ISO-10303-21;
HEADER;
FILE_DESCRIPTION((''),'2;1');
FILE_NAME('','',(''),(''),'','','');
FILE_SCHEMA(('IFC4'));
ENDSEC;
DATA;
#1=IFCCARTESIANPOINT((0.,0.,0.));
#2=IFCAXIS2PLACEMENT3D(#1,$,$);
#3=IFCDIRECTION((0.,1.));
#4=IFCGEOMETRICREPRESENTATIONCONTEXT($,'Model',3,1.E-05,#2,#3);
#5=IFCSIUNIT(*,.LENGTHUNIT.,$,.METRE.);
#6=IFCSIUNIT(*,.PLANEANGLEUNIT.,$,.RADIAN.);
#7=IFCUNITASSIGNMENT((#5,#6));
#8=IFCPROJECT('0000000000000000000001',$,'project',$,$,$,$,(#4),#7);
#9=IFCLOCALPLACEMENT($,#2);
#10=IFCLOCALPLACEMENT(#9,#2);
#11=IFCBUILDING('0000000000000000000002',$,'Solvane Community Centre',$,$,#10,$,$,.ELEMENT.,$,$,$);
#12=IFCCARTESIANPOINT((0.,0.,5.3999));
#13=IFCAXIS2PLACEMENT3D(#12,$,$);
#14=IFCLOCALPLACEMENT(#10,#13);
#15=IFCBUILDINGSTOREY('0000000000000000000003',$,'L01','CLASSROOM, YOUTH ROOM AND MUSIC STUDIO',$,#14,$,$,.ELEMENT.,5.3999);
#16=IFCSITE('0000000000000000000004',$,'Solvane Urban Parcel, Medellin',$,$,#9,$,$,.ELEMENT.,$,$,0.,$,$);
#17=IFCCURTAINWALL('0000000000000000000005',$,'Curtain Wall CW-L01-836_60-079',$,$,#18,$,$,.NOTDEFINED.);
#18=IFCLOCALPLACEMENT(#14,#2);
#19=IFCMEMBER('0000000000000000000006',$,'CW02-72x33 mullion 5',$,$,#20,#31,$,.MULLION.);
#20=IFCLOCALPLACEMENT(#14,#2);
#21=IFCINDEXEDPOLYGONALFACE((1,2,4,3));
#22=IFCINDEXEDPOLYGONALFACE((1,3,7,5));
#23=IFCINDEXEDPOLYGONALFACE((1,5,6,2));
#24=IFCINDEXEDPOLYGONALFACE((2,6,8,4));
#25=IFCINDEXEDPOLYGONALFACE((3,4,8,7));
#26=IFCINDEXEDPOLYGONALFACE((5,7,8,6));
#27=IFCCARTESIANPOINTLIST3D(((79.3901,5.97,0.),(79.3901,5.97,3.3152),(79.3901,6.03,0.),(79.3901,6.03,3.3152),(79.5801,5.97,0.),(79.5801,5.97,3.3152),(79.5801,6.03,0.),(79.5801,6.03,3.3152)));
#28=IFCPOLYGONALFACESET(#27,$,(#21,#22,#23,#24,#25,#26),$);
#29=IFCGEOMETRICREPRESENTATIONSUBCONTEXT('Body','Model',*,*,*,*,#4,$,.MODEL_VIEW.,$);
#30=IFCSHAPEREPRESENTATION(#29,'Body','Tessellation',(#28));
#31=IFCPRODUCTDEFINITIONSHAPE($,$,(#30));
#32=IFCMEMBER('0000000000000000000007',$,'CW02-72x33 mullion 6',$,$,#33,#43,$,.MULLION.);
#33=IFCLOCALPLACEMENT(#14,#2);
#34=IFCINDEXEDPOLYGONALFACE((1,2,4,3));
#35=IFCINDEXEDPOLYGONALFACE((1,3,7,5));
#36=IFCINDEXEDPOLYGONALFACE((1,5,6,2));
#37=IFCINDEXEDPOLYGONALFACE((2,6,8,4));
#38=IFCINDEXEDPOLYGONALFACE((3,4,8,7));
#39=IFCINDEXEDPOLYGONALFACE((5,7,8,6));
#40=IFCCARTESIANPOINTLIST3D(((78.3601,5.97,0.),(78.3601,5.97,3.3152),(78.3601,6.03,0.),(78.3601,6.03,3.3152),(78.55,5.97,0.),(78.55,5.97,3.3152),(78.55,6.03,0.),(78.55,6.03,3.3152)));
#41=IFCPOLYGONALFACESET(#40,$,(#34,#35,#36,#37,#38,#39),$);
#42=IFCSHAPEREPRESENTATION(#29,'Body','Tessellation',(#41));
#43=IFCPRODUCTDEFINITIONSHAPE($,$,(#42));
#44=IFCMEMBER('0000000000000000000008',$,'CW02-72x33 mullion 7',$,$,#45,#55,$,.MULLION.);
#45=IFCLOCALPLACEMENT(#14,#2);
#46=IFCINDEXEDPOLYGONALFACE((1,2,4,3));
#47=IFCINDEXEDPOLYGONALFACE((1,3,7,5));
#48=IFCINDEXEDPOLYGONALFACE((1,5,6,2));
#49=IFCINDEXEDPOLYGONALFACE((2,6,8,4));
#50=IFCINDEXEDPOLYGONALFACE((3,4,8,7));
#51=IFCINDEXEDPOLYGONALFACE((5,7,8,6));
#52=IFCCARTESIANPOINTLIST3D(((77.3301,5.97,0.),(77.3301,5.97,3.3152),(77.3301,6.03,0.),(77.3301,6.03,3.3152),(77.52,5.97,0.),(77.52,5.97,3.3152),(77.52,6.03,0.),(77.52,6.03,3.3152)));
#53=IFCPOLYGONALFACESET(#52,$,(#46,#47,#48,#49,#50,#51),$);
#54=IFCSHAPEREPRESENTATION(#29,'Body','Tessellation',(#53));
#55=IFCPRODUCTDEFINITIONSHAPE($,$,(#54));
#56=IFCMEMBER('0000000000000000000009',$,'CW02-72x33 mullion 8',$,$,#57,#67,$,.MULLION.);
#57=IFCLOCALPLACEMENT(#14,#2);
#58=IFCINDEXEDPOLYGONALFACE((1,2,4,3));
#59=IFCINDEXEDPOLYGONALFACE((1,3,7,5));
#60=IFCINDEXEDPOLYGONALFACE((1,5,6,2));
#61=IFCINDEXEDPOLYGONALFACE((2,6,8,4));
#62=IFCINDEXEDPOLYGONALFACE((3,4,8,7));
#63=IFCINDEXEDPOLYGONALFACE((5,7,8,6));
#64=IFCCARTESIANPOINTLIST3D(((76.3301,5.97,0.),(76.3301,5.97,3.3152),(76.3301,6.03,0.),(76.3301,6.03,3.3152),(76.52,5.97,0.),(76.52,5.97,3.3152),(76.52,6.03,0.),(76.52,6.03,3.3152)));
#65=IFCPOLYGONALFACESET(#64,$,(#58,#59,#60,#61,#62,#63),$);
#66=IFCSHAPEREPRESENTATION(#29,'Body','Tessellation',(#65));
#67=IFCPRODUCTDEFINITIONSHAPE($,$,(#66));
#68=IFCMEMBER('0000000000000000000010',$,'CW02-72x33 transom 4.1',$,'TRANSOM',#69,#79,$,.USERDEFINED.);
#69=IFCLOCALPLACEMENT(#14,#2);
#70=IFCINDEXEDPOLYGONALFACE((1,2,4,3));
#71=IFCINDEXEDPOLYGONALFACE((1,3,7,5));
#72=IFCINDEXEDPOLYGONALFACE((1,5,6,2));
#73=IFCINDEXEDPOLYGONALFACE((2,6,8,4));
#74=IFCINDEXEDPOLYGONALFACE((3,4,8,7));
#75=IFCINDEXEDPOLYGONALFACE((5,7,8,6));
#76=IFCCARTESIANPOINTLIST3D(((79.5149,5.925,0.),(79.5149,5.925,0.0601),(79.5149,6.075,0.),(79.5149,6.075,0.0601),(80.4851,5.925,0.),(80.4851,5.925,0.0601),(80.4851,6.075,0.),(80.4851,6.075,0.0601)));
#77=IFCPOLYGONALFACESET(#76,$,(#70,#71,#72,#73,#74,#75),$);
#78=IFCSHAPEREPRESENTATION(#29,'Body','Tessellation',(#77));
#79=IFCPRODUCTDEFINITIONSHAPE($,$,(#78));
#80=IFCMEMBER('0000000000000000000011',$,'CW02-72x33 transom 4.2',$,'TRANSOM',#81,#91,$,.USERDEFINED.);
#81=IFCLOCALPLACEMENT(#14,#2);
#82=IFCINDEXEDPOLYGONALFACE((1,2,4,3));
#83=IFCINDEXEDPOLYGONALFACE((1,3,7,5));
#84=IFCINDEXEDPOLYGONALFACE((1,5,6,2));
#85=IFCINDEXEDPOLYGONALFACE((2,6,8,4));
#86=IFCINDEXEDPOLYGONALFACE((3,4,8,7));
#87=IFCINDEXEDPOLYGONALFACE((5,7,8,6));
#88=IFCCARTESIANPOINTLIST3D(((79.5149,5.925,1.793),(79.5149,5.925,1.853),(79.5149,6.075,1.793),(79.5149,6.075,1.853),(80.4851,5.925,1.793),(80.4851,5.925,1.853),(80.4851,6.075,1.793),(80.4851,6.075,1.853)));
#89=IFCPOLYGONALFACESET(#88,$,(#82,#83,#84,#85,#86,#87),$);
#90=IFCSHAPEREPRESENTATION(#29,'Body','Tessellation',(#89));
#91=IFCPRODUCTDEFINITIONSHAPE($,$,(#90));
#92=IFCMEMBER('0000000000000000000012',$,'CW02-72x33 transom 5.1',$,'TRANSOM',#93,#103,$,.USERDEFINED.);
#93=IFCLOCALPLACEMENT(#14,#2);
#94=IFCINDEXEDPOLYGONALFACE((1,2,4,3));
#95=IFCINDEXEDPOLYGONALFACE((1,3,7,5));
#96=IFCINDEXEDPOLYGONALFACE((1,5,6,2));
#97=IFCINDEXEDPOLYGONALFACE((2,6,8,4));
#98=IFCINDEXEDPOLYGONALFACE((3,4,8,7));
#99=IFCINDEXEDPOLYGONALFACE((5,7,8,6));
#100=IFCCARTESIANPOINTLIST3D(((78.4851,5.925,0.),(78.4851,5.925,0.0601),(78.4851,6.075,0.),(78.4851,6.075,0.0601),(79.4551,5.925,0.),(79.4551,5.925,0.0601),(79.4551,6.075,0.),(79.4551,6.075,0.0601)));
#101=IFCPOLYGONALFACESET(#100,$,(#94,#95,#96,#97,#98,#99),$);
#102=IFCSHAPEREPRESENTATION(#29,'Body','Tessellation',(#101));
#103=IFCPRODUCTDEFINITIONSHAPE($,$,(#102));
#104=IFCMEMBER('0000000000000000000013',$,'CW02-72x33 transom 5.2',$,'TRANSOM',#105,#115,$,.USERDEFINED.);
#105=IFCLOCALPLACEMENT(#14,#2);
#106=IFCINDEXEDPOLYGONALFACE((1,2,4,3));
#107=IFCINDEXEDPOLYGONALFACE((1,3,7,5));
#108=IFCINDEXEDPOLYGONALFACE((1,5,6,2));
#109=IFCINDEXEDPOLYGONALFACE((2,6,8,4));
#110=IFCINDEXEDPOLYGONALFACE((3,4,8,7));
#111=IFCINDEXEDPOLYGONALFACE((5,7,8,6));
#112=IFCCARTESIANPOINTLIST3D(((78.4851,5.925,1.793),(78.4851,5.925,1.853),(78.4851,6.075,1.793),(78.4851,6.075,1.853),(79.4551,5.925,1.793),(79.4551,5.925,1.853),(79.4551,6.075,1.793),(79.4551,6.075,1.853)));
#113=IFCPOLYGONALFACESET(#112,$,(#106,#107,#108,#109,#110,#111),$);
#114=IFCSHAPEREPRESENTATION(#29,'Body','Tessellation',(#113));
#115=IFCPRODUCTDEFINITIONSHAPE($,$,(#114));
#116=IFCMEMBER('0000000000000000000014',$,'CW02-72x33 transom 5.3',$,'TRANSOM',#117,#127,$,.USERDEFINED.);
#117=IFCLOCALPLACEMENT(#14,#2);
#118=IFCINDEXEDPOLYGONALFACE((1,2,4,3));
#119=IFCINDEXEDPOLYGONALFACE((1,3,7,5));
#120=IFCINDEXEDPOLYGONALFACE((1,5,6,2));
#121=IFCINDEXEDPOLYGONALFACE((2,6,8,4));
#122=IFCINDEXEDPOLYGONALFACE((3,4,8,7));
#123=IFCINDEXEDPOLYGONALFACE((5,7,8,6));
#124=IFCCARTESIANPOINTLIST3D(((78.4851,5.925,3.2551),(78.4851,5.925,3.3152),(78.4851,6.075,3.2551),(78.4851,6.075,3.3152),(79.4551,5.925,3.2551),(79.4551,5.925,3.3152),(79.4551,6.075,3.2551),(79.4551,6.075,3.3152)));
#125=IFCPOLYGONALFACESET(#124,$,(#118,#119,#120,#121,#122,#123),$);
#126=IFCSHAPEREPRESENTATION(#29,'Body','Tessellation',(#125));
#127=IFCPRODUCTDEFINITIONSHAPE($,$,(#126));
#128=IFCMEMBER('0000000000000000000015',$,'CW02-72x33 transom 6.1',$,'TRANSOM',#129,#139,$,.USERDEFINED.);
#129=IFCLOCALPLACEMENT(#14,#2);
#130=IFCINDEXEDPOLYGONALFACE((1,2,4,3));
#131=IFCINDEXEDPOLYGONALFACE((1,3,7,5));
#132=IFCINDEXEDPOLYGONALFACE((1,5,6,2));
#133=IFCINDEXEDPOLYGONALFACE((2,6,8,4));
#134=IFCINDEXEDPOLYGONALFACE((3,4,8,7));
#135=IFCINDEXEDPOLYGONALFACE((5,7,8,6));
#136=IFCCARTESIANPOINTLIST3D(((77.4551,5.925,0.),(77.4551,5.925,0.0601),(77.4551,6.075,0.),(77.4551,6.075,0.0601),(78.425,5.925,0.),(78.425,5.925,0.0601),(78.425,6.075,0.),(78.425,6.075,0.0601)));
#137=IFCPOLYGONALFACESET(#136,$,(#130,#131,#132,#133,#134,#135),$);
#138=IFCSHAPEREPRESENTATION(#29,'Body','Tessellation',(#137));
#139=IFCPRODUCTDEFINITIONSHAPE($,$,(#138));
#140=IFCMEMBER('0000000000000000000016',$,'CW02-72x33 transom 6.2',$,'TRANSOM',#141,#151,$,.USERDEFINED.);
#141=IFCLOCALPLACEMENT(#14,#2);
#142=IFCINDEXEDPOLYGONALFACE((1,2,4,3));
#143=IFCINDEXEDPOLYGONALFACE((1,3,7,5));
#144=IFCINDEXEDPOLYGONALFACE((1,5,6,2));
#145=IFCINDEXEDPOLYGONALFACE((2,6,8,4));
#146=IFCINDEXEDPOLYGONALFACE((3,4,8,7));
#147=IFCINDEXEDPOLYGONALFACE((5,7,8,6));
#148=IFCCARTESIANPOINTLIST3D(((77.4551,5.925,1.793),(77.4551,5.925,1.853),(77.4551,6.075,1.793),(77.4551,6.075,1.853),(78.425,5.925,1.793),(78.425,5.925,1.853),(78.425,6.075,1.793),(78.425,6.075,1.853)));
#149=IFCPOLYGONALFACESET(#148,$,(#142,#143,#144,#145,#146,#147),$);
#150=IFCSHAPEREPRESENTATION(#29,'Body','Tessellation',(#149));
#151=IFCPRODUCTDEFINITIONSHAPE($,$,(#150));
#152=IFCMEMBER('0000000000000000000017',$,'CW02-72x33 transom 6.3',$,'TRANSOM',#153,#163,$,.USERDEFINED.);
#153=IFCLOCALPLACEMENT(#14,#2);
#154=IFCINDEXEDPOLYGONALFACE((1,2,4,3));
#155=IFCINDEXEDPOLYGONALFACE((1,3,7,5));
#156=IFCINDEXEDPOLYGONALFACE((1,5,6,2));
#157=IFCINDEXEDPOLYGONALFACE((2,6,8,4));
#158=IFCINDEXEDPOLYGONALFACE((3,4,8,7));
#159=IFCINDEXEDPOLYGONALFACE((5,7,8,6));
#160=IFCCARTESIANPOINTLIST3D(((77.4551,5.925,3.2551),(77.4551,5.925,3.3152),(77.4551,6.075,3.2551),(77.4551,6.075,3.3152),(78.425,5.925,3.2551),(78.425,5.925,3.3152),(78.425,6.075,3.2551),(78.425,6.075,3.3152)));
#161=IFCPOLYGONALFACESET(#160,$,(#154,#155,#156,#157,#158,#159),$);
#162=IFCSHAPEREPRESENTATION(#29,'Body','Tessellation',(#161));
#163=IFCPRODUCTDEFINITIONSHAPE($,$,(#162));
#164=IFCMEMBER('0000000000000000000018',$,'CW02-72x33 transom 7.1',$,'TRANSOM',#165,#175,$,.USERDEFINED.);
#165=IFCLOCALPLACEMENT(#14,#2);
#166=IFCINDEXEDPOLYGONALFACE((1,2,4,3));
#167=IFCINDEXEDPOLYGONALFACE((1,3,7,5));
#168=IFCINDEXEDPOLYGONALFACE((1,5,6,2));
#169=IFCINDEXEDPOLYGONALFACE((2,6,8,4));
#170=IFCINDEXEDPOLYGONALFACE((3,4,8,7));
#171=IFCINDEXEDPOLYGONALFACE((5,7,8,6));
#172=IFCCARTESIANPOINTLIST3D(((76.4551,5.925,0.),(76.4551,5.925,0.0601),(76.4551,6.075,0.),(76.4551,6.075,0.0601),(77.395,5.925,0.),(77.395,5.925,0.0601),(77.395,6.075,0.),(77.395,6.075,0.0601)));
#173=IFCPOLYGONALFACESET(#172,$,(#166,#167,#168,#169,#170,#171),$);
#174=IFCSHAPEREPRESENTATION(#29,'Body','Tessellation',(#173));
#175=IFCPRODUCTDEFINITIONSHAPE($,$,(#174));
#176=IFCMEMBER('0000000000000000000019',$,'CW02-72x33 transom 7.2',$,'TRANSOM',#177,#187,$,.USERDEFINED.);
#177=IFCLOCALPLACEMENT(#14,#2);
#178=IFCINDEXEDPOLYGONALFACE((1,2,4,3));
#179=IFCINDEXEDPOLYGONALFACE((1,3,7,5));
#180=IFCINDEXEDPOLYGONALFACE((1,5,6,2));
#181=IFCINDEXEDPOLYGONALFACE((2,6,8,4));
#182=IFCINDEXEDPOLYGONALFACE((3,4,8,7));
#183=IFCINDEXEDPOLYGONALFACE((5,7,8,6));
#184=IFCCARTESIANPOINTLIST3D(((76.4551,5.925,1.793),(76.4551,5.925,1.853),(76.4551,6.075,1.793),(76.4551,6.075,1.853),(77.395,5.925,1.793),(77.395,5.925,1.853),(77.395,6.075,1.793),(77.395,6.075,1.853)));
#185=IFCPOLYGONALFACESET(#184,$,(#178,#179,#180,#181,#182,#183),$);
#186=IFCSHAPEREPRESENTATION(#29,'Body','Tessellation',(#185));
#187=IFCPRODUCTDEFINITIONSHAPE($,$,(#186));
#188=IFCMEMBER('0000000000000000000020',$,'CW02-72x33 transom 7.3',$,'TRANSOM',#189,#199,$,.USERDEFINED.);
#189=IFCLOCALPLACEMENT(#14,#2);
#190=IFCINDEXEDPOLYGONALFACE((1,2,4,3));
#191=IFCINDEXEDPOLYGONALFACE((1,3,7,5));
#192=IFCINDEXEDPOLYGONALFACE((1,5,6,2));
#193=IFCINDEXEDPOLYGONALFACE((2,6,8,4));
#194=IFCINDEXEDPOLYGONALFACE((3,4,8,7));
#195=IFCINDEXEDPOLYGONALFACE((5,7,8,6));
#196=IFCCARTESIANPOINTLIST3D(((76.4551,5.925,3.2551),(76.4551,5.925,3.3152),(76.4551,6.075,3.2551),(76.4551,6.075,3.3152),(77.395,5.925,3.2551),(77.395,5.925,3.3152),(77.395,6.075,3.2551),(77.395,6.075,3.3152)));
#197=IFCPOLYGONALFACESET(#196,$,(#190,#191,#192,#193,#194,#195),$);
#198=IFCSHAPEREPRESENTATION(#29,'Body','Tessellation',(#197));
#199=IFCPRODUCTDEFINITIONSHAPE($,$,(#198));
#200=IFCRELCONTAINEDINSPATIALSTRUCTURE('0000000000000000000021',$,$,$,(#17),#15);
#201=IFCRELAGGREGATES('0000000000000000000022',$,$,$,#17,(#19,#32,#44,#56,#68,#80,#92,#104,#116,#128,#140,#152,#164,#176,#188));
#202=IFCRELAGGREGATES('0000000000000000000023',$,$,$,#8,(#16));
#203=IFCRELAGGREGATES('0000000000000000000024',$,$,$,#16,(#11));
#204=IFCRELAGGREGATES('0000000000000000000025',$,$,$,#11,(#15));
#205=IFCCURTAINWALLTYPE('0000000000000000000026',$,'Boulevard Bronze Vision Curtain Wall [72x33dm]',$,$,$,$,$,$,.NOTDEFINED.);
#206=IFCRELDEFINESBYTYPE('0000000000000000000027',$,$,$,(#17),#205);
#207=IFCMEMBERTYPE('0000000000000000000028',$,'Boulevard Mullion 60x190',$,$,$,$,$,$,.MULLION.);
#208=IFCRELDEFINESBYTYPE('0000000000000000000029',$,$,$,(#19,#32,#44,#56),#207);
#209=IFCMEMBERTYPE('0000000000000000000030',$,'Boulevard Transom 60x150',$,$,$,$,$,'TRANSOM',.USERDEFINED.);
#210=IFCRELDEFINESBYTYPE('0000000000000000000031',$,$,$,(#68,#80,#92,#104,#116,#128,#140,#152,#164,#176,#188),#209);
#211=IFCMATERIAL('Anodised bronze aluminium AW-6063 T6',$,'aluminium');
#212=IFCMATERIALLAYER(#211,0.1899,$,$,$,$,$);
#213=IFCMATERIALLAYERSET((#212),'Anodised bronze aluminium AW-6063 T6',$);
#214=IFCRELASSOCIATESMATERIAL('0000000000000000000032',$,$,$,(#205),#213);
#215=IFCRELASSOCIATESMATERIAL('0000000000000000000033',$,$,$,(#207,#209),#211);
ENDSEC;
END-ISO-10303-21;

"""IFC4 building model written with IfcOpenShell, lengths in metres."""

from ifc_helpers import new_model, si_unit, direction, frame, origin, origin_2d, place, context, subcontext, project, spatial, rectangle, extrude, material, layer, layer_set, material_profile, profile_set, type_object, element, aggregate, save


model = new_model("IFC4")

# Units and contexts
model_context = context("Model", 3, precision=1e-05, world=origin(), true_north=direction((0.0, 1.0)))
body_context = subcontext(model_context, "Body", "Model", "MODEL_VIEW")
ifc_project = project(units=[si_unit("LENGTHUNIT", "METRE"), si_unit("PLANEANGLEUNIT", "RADIAN")], contexts=[model_context])

# Site, building, storey
site_placement = place(None, origin())
site = spatial("IfcSite", under=ifc_project, at=site_placement, Name="Solvane Urban Parcel, Medellin", CompositionType="ELEMENT", RefElevation=0.0)
building_placement = place(site_placement, origin())
building = spatial("IfcBuilding", under=site, at=building_placement, Name="Solvane Community Centre", CompositionType="ELEMENT")
storey_placement = place(building_placement, frame((0.0, 0.0, 5.3999)))
storey = spatial("IfcBuildingStorey", under=building, at=storey_placement, Name="L01", Description="CLASSROOM, YOUTH ROOM AND MUSIC STUDIO", CompositionType="ELEMENT", Elevation=5.3999)

# Curtain wall, members
ifc_material_1 = material(Name="Anodised bronze aluminium AW-6063 T6", Category="aluminium")
ifc_layer_1 = layer(ifc_material_1, 0.1899)
ifc_layer_set_1 = layer_set([ifc_layer_1], Name="Anodised bronze aluminium AW-6063 T6")
curtain_wall_type = type_object("IfcCurtainWallType", Name="Boulevard Bronze Vision Curtain Wall [72x33dm]", PredefinedType="NOTDEFINED", material=ifc_layer_set_1)
curtain_wall_placement = place(storey_placement, origin())
curtain_wall = element("IfcCurtainWall", 1, at=curtain_wall_placement, inside=storey, type_object=curtain_wall_type, Name="Curtain Wall CW-L01-836_60-079", PredefinedType="NOTDEFINED")
ifc_material_profile_1 = material_profile(ifc_material_1, rectangle(XDim=0.0601, YDim=0.1899, at=origin_2d()), Name="CW-M 60x190")
ifc_profile_set_1 = profile_set([ifc_material_profile_1], Name="Anodised bronze aluminium AW-6063 T6")
member_type_1 = type_object("IfcMemberType", Name="Boulevard Mullion 60x190", PredefinedType="MULLION", material=ifc_profile_set_1)
member_1_placement = place(storey_placement, frame((79.4851, 6.0, 0.0), z_axis=(0.0, 0.0, 1.0), x_axis=(0.0, -1.0, 0.0)))
member_1 = element("IfcMember", 2, at=member_1_placement, type_object=member_type_1, Name="CW02-72x33 mullion 5", PredefinedType="MULLION", context=body_context, shape_type="SweptSolid", body=[
    extrude(rectangle(XDim=0.0601, YDim=0.1899, at=origin_2d()), origin(), (0.0, 0.0, 1.0), 3.3152),
])
member_2_placement = place(storey_placement, frame((78.4551, 6.0, 0.0), z_axis=(0.0, 0.0, 1.0), x_axis=(0.0, -1.0, 0.0)))
member_2 = element("IfcMember", 3, at=member_2_placement, type_object=member_type_1, Name="CW02-72x33 mullion 6", PredefinedType="MULLION", context=body_context, shape_type="SweptSolid", body=[
    extrude(rectangle(XDim=0.0601, YDim=0.1899, at=origin_2d()), origin(), (0.0, 0.0, 1.0), 3.3152),
])
member_3_placement = place(storey_placement, frame((77.425, 6.0, 0.0), z_axis=(0.0, 0.0, 1.0), x_axis=(0.0, -1.0, 0.0)))
member_3 = element("IfcMember", 4, at=member_3_placement, type_object=member_type_1, Name="CW02-72x33 mullion 7", PredefinedType="MULLION", context=body_context, shape_type="SweptSolid", body=[
    extrude(rectangle(XDim=0.0601, YDim=0.1899, at=origin_2d()), origin(), (0.0, 0.0, 1.0), 3.3152),
])
member_4_placement = place(storey_placement, frame((76.425, 6.0, 0.0), z_axis=(0.0, 0.0, 1.0), x_axis=(0.0, -1.0, 0.0)))
member_4 = element("IfcMember", 5, at=member_4_placement, type_object=member_type_1, Name="CW02-72x33 mullion 8", PredefinedType="MULLION", context=body_context, shape_type="SweptSolid", body=[
    extrude(rectangle(XDim=0.0601, YDim=0.1899, at=origin_2d()), origin(), (0.0, 0.0, 1.0), 3.3152),
])
ifc_material_profile_2 = material_profile(ifc_material_1, rectangle(XDim=0.1499, YDim=0.0601, at=origin_2d()), Name="CW-T 60x150")
ifc_profile_set_2 = profile_set([ifc_material_profile_2], Name="Anodised bronze aluminium AW-6063 T6")
member_type_2 = type_object("IfcMemberType", Name="Boulevard Transom 60x150", ElementType="TRANSOM", PredefinedType="USERDEFINED", material=ifc_profile_set_2)
member_5_placement = place(storey_placement, frame((80.4851, 6.0, 0.03), z_axis=(-1.0, 0.0, 0.0), x_axis=(0.0, -1.0, 0.0)))
member_5 = element("IfcMember", 6, at=member_5_placement, type_object=member_type_2, Name="CW02-72x33 transom 4.1", ObjectType="TRANSOM", PredefinedType="USERDEFINED", context=body_context, shape_type="SweptSolid", body=[
    extrude(rectangle(XDim=0.1499, YDim=0.0601, at=origin_2d()), origin(), (0.0, 0.0, 1.0), 0.9702),
])
member_6_placement = place(storey_placement, frame((80.4851, 6.0, 1.823), z_axis=(-1.0, 0.0, 0.0), x_axis=(0.0, -1.0, 0.0)))
member_6 = element("IfcMember", 7, at=member_6_placement, type_object=member_type_2, Name="CW02-72x33 transom 4.2", ObjectType="TRANSOM", PredefinedType="USERDEFINED", context=body_context, shape_type="SweptSolid", body=[
    extrude(rectangle(XDim=0.1499, YDim=0.0601, at=origin_2d()), origin(), (0.0, 0.0, 1.0), 0.9702),
])
member_7_placement = place(storey_placement, frame((79.4551, 6.0, 0.03), z_axis=(-1.0, 0.0, 0.0), x_axis=(0.0, -1.0, 0.0)))
member_7 = element("IfcMember", 8, at=member_7_placement, type_object=member_type_2, Name="CW02-72x33 transom 5.1", ObjectType="TRANSOM", PredefinedType="USERDEFINED", context=body_context, shape_type="SweptSolid", body=[
    extrude(rectangle(XDim=0.1499, YDim=0.0601, at=origin_2d()), origin(), (0.0, 0.0, 1.0), 0.97),
])
member_8_placement = place(storey_placement, frame((79.4551, 6.0, 1.823), z_axis=(-1.0, 0.0, 0.0), x_axis=(0.0, -1.0, 0.0)))
member_8 = element("IfcMember", 9, at=member_8_placement, type_object=member_type_2, Name="CW02-72x33 transom 5.2", ObjectType="TRANSOM", PredefinedType="USERDEFINED", context=body_context, shape_type="SweptSolid", body=[
    extrude(rectangle(XDim=0.1499, YDim=0.0601, at=origin_2d()), origin(), (0.0, 0.0, 1.0), 0.97),
])
member_9_placement = place(storey_placement, frame((79.4551, 6.0, 3.2852), z_axis=(-1.0, 0.0, 0.0), x_axis=(0.0, -1.0, 0.0)))
member_9 = element("IfcMember", 10, at=member_9_placement, type_object=member_type_2, Name="CW02-72x33 transom 5.3", ObjectType="TRANSOM", PredefinedType="USERDEFINED", context=body_context, shape_type="SweptSolid", body=[
    extrude(rectangle(XDim=0.1499, YDim=0.0601, at=origin_2d()), origin(), (0.0, 0.0, 1.0), 0.97),
])
member_10_placement = place(storey_placement, frame((78.425, 6.0, 0.03), z_axis=(-1.0, 0.0, 0.0), x_axis=(0.0, -1.0, 0.0)))
member_10 = element("IfcMember", 11, at=member_10_placement, type_object=member_type_2, Name="CW02-72x33 transom 6.1", ObjectType="TRANSOM", PredefinedType="USERDEFINED", context=body_context, shape_type="SweptSolid", body=[
    extrude(rectangle(XDim=0.1499, YDim=0.0601, at=origin_2d()), origin(), (0.0, 0.0, 1.0), 0.97),
])
member_11_placement = place(storey_placement, frame((78.425, 6.0, 1.823), z_axis=(-1.0, 0.0, 0.0), x_axis=(0.0, -1.0, 0.0)))
member_11 = element("IfcMember", 12, at=member_11_placement, type_object=member_type_2, Name="CW02-72x33 transom 6.2", ObjectType="TRANSOM", PredefinedType="USERDEFINED", context=body_context, shape_type="SweptSolid", body=[
    extrude(rectangle(XDim=0.1499, YDim=0.0601, at=origin_2d()), origin(), (0.0, 0.0, 1.0), 0.97),
])
member_12_placement = place(storey_placement, frame((78.425, 6.0, 3.2852), z_axis=(-1.0, 0.0, 0.0), x_axis=(0.0, -1.0, 0.0)))
member_12 = element("IfcMember", 13, at=member_12_placement, type_object=member_type_2, Name="CW02-72x33 transom 6.3", ObjectType="TRANSOM", PredefinedType="USERDEFINED", context=body_context, shape_type="SweptSolid", body=[
    extrude(rectangle(XDim=0.1499, YDim=0.0601, at=origin_2d()), origin(), (0.0, 0.0, 1.0), 0.97),
])
member_13_placement = place(storey_placement, frame((77.395, 6.0, 0.03), z_axis=(-1.0, 0.0, 0.0), x_axis=(0.0, -1.0, 0.0)))
member_13 = element("IfcMember", 14, at=member_13_placement, type_object=member_type_2, Name="CW02-72x33 transom 7.1", ObjectType="TRANSOM", PredefinedType="USERDEFINED", context=body_context, shape_type="SweptSolid", body=[
    extrude(rectangle(XDim=0.1499, YDim=0.0601, at=origin_2d()), origin(), (0.0, 0.0, 1.0), 0.9399),
])
member_14_placement = place(storey_placement, frame((77.395, 6.0, 1.823), z_axis=(-1.0, 0.0, 0.0), x_axis=(0.0, -1.0, 0.0)))
member_14 = element("IfcMember", 15, at=member_14_placement, type_object=member_type_2, Name="CW02-72x33 transom 7.2", ObjectType="TRANSOM", PredefinedType="USERDEFINED", context=body_context, shape_type="SweptSolid", body=[
    extrude(rectangle(XDim=0.1499, YDim=0.0601, at=origin_2d()), origin(), (0.0, 0.0, 1.0), 0.9399),
])
member_15_placement = place(storey_placement, frame((77.395, 6.0, 3.2852), z_axis=(-1.0, 0.0, 0.0), x_axis=(0.0, -1.0, 0.0)))
member_15 = element("IfcMember", 16, at=member_15_placement, type_object=member_type_2, Name="CW02-72x33 transom 7.3", ObjectType="TRANSOM", PredefinedType="USERDEFINED", context=body_context, shape_type="SweptSolid", body=[
    extrude(rectangle(XDim=0.1499, YDim=0.0601, at=origin_2d()), origin(), (0.0, 0.0, 1.0), 0.9399),
])
aggregate(curtain_wall, [member_1, member_2, member_3, member_4, member_5, member_6, member_7, member_8, member_9, member_10, member_11, member_12, member_13, member_14, member_15])

save(model, "model.ifc")
